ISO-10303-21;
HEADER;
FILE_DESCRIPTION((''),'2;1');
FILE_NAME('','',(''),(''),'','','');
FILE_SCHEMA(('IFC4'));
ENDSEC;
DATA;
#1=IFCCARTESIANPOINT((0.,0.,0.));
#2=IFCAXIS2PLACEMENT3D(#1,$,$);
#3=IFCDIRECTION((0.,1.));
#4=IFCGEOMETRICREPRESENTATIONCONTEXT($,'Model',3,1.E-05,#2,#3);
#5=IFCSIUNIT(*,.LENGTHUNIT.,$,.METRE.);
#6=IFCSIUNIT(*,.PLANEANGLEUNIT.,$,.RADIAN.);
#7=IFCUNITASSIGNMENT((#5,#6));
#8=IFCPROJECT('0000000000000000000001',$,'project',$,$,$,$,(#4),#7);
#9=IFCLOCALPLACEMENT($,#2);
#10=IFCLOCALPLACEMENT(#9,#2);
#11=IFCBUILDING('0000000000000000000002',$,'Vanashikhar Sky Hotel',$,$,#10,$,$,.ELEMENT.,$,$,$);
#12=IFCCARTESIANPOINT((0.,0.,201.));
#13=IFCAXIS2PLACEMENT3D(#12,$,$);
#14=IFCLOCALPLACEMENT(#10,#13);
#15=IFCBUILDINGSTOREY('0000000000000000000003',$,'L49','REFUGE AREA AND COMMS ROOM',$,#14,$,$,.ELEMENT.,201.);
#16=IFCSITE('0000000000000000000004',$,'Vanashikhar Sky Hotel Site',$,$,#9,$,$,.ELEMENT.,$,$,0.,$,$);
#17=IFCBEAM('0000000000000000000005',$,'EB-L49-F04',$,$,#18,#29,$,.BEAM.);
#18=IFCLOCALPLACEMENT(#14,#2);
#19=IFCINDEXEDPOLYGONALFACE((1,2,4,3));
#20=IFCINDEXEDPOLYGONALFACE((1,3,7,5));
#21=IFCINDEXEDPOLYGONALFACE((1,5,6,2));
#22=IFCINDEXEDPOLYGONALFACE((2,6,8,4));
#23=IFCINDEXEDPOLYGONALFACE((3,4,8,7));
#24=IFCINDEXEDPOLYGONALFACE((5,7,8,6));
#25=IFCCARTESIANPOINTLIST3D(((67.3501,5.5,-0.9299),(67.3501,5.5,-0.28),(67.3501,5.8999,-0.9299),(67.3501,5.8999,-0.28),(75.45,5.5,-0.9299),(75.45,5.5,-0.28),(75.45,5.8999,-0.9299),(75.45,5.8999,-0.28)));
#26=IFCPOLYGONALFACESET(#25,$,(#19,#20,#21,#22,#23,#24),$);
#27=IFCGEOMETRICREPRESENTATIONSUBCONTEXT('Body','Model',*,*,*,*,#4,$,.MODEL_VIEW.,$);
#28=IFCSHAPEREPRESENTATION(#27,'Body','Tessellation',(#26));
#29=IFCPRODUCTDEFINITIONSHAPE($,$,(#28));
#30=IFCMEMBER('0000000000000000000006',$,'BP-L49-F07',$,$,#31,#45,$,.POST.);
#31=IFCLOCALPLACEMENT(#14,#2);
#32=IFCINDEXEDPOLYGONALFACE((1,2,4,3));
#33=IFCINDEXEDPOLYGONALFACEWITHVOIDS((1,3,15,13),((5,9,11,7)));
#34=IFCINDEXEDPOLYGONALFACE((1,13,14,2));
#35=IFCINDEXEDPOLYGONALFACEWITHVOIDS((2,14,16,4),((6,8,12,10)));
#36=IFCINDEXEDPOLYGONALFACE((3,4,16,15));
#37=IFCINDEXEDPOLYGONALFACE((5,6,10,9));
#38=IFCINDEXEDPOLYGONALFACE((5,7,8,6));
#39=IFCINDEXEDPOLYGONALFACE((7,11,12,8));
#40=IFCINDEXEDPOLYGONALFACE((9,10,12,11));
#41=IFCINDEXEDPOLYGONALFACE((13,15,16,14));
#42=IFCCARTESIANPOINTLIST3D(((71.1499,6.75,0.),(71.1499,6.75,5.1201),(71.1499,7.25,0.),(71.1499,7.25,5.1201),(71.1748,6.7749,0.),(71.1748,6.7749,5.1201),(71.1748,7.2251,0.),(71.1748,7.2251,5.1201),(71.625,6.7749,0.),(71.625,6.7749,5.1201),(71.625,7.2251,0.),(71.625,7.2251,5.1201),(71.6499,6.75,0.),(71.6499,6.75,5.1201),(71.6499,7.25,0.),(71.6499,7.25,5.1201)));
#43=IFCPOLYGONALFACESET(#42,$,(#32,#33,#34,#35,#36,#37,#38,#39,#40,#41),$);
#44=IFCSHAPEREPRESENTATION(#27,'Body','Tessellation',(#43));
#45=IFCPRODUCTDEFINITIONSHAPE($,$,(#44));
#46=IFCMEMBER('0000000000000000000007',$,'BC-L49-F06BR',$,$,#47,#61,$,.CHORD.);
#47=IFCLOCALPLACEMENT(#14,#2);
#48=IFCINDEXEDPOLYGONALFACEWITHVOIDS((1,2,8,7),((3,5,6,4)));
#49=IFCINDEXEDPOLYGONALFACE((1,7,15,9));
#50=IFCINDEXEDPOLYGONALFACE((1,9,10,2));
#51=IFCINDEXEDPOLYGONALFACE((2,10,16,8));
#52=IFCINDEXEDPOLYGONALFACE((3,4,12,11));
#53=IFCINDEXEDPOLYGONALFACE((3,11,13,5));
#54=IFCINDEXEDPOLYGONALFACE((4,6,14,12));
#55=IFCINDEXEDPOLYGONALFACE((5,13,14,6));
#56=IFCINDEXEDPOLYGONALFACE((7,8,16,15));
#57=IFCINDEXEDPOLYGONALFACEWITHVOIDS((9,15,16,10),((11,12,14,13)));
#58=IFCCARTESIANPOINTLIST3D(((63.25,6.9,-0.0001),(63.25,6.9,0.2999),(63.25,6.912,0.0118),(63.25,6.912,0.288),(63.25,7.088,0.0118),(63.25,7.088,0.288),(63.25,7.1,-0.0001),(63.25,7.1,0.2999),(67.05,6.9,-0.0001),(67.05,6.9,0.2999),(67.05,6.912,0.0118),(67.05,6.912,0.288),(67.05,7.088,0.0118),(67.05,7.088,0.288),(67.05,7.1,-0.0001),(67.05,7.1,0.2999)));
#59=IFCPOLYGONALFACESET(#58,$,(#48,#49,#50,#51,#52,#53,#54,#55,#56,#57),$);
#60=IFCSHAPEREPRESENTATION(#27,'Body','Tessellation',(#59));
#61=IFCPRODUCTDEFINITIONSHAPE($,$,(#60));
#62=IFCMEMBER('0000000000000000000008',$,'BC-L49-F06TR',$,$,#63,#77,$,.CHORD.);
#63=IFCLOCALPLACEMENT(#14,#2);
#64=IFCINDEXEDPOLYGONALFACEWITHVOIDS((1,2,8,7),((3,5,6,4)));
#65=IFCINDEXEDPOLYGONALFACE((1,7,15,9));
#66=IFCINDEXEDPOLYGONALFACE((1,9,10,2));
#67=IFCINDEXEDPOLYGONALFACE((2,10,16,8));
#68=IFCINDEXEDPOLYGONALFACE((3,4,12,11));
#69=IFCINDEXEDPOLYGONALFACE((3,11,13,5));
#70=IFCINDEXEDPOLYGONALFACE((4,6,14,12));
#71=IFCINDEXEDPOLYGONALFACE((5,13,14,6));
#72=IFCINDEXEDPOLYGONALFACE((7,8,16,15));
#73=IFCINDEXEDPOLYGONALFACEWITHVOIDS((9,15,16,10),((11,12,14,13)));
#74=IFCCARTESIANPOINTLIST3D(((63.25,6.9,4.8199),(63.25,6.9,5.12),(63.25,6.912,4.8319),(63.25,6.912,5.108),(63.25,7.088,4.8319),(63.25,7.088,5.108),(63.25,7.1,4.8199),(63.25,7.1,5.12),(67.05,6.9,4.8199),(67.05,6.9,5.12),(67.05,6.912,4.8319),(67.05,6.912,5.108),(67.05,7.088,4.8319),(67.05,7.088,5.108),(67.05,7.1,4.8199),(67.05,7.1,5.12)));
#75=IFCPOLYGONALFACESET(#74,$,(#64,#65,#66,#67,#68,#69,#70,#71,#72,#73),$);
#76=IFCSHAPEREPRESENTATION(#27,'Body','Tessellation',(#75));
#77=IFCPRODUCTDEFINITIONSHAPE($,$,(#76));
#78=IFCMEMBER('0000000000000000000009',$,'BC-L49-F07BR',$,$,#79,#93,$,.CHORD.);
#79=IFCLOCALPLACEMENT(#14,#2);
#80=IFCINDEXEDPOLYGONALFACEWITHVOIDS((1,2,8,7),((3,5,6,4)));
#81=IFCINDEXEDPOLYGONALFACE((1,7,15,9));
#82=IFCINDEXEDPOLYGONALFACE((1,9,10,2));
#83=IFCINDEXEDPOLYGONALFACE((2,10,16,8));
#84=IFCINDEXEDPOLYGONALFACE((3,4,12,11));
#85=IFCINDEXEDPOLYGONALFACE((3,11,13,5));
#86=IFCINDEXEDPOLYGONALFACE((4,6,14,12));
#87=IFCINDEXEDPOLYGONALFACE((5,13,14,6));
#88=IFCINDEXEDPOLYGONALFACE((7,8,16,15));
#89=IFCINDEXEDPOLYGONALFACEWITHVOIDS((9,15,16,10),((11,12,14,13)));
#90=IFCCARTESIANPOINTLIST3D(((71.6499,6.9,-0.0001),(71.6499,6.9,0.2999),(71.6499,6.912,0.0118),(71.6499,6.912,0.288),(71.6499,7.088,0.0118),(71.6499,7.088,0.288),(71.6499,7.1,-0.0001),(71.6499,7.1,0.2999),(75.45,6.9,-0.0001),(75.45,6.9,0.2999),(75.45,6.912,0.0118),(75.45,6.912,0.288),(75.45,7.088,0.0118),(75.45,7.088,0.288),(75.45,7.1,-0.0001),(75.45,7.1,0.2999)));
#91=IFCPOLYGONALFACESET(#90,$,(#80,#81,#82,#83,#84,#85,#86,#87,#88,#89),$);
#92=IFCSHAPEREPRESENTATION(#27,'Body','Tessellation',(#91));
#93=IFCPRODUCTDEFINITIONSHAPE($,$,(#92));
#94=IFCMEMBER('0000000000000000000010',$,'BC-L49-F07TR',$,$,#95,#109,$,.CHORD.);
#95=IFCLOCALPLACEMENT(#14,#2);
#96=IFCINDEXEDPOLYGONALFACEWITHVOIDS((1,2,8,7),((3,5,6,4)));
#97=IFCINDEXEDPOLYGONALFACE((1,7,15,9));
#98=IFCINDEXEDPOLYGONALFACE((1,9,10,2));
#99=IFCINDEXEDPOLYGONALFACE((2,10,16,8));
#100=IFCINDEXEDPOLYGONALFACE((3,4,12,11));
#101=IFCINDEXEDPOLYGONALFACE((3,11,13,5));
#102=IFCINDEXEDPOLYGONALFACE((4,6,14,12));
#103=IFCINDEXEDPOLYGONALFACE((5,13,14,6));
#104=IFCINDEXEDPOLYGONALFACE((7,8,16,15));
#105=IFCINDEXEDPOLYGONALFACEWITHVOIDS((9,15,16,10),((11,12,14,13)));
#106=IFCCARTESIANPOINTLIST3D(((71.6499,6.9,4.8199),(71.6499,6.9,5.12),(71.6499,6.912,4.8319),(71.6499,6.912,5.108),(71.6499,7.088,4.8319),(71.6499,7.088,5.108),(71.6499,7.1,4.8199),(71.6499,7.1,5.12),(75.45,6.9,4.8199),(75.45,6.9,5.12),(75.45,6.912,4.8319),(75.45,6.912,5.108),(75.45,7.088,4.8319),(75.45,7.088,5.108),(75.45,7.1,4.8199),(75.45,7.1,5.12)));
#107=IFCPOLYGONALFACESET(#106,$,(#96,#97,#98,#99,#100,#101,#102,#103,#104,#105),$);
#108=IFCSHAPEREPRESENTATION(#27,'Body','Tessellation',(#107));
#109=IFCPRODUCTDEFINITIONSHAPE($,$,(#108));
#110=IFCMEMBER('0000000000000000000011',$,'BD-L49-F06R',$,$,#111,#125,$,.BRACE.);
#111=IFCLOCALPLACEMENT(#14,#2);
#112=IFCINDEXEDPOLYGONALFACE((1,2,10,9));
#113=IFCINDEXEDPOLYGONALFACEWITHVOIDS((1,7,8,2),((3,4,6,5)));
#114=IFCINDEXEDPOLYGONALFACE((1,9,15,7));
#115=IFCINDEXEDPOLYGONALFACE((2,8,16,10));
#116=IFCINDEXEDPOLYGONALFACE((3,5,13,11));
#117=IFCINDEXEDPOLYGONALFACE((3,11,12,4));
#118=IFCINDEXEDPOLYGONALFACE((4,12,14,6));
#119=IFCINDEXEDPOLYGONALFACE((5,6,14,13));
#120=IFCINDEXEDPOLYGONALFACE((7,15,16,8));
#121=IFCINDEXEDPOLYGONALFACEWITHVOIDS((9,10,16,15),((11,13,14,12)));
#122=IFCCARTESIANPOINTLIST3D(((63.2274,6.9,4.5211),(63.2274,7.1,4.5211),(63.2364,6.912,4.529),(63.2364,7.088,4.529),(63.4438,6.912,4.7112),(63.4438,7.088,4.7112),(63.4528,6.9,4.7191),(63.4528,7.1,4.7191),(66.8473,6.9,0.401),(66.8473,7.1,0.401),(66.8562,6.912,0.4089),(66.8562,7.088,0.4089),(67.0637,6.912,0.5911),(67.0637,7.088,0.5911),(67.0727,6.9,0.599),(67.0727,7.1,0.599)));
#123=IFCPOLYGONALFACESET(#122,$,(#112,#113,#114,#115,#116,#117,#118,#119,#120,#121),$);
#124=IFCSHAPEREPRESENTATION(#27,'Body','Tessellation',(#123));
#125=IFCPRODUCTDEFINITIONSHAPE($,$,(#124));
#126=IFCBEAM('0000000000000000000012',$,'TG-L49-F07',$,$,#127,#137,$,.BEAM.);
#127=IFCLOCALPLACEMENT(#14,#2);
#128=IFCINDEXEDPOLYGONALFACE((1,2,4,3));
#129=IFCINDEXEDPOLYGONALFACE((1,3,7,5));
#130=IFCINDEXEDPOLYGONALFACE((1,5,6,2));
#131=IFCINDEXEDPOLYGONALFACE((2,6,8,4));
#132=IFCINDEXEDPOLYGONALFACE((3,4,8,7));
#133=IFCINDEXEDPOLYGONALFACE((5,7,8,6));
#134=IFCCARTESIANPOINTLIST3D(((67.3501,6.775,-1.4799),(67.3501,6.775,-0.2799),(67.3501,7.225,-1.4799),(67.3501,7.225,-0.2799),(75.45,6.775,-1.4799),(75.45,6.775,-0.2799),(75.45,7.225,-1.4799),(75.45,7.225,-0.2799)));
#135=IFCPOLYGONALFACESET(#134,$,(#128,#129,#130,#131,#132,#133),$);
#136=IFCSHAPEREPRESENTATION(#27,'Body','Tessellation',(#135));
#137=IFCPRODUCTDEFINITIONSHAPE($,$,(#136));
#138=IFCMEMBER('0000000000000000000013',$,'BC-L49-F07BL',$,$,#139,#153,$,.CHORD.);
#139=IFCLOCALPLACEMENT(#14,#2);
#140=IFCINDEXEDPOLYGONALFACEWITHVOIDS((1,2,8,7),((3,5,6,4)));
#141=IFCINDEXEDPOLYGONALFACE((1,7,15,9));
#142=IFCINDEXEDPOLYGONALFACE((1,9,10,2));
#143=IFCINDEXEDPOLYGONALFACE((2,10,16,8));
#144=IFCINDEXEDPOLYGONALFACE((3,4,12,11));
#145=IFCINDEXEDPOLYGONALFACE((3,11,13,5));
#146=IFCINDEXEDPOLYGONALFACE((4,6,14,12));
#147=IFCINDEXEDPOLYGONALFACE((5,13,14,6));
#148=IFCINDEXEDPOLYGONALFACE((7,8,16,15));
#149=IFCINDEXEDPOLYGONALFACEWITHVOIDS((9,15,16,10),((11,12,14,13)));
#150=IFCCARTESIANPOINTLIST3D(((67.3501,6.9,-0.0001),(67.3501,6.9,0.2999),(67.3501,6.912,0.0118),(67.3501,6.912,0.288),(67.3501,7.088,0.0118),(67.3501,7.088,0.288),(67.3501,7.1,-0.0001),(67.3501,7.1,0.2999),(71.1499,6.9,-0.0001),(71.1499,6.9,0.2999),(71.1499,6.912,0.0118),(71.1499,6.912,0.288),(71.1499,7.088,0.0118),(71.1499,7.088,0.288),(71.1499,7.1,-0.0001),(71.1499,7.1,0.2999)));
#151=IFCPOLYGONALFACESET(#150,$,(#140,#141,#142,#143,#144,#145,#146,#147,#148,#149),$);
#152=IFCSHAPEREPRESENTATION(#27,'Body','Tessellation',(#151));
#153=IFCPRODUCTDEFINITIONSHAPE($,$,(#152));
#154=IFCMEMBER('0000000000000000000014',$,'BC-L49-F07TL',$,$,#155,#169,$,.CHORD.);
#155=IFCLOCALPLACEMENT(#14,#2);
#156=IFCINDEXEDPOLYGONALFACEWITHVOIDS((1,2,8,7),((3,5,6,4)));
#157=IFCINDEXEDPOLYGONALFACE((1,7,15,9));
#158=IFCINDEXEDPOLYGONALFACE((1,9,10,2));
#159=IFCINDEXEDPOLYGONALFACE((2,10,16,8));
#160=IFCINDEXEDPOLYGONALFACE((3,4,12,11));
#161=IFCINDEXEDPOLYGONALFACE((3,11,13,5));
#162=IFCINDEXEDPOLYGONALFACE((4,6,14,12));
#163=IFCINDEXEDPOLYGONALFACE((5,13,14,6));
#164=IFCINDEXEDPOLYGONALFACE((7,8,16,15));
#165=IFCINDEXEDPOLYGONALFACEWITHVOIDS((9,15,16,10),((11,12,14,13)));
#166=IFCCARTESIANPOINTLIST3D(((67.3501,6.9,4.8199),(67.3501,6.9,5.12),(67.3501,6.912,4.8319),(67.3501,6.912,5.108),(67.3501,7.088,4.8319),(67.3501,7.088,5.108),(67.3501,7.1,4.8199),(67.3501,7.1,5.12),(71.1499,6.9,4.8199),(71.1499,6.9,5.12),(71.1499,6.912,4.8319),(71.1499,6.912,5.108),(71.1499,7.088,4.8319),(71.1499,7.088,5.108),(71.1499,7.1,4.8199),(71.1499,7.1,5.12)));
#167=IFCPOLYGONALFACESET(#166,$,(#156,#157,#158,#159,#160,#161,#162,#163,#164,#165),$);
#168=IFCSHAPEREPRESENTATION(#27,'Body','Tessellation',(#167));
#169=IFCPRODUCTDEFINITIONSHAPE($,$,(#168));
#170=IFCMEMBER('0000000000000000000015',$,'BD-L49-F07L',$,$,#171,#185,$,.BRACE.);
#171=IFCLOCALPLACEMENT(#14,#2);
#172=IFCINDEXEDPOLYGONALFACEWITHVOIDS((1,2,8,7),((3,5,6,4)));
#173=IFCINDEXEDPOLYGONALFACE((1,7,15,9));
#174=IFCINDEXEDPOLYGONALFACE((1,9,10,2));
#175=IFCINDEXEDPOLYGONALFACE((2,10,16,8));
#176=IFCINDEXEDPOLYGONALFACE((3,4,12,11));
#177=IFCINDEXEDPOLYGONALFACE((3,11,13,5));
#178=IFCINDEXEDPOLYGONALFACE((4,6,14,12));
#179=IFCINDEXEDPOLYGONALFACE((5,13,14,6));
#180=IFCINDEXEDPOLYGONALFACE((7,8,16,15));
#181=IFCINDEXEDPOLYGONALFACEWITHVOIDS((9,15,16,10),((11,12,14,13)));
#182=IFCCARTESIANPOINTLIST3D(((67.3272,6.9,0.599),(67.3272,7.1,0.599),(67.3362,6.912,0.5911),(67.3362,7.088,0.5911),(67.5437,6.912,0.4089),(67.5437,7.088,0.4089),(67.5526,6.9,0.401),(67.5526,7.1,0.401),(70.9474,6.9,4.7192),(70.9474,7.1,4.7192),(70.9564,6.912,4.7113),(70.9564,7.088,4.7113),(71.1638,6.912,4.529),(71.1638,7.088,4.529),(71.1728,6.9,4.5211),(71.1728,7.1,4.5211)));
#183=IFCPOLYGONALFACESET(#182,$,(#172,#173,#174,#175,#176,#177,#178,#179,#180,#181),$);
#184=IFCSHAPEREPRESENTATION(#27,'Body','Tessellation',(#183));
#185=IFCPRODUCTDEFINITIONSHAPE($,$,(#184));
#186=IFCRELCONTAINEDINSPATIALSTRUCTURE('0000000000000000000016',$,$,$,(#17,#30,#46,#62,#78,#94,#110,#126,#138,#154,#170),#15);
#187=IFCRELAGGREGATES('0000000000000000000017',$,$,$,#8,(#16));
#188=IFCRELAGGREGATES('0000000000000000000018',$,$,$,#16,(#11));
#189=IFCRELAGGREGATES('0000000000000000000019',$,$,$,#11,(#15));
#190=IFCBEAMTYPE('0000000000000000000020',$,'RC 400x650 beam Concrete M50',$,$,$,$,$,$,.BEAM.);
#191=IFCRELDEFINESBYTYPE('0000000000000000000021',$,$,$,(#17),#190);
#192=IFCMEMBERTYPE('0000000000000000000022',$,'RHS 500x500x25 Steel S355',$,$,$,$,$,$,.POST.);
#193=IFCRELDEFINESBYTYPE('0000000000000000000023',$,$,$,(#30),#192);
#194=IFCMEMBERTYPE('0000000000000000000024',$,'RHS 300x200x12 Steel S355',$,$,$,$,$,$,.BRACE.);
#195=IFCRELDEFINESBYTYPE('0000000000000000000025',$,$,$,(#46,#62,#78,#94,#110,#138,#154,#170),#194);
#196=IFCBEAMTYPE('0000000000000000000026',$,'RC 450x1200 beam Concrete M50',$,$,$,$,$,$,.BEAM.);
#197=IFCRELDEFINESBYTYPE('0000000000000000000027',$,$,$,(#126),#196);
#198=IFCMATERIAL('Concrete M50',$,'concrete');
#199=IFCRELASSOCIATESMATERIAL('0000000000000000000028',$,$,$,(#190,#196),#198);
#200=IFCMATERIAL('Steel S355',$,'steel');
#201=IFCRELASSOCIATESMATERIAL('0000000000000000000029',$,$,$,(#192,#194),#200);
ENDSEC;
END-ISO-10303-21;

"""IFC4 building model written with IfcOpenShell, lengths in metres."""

from ifc_helpers import new_model, si_unit, direction, frame, origin, origin_2d, place, context, subcontext, project, spatial, rectangle, hollow_rectangle, extrude, source, transform, mapped, material, material_profile, profile_set, type_object, element, save


model = new_model("IFC4")

# Units and contexts
model_context = context("Model", 3, precision=1e-05, world=origin(), true_north=direction((0.0, 1.0)))
body_context = subcontext(model_context, "Body", "Model", "MODEL_VIEW")
ifc_project = project(units=[si_unit("LENGTHUNIT", "METRE"), si_unit("PLANEANGLEUNIT", "RADIAN")], contexts=[model_context])

# Site, building, storey
site_placement = place(None, origin())
site = spatial("IfcSite", under=ifc_project, at=site_placement, Name="Vanashikhar Sky Hotel Site", CompositionType="ELEMENT", RefElevation=0.0)
building_placement = place(site_placement, origin())
building = spatial("IfcBuilding", under=site, at=building_placement, Name="Vanashikhar Sky Hotel", CompositionType="ELEMENT")
storey_placement = place(building_placement, frame((0.0, 0.0, 201.0)))
storey = spatial("IfcBuildingStorey", under=building, at=storey_placement, Name="L49", Description="REFUGE AREA AND COMMS ROOM", CompositionType="ELEMENT", Elevation=201.0)

# Beam
ifc_material_1 = material(Name="Concrete M50", Category="concrete")
ifc_material_profile_1 = material_profile(ifc_material_1, rectangle(XDim=0.3999, YDim=0.6499, at=origin_2d()))
ifc_profile_set_1 = profile_set([ifc_material_profile_1], Name="RC 400x650 beam Concrete M50")
beam_type_1 = type_object("IfcBeamType", Name="RC 400x650 beam Concrete M50", PredefinedType="BEAM", material=ifc_profile_set_1)
shared_shape_1 = source(origin(), body_context, "Body", "SweptSolid", [
    extrude(rectangle(XDim=0.3999, YDim=0.6499, at=origin_2d()), origin(), (0.0, 0.0, 1.0), 8.0999),
])
beam_1_placement = place(storey_placement, frame((67.3501, 5.7, -0.605), z_axis=(1.0, 0.0, 0.0), x_axis=(0.0, 1.0, 0.0)))
element("IfcBeam", 1, at=beam_1_placement, inside=storey, type_object=beam_type_1, Name="EB-L49-F04", PredefinedType="BEAM", context=body_context, shape_type="MappedRepresentation", body=[
    mapped(shared_shape_1, transform((0.0, 0.0, 0.0), scale=1.0)),
])

# Members
ifc_material_2 = material(Name="Steel S355", Category="steel")
ifc_material_profile_2 = material_profile(ifc_material_2, hollow_rectangle(XDim=0.5, YDim=0.5, WallThickness=0.0249, at=origin_2d()))
ifc_profile_set_2 = profile_set([ifc_material_profile_2], Name="RHS 500x500x25 Steel S355")
member_type_1 = type_object("IfcMemberType", Name="RHS 500x500x25 Steel S355", PredefinedType="POST", material=ifc_profile_set_2)
shared_shape_2 = source(origin(), body_context, "Body", "SweptSolid", [
    extrude(hollow_rectangle(XDim=0.5, YDim=0.5, WallThickness=0.0249, at=origin_2d()), origin(), (0.0, 0.0, 1.0), 5.1201),
])
member_1_placement = place(storey_placement, frame((71.3999, 7.0, 0.0), z_axis=(0.0, 0.0, 1.0), x_axis=(1.0, 0.0, 0.0)))
element("IfcMember", 2, at=member_1_placement, inside=storey, type_object=member_type_1, Name="BP-L49-F07", PredefinedType="POST", context=body_context, shape_type="MappedRepresentation", body=[
    mapped(shared_shape_2, transform((0.0, 0.0, 0.0), scale=1.0)),
])
ifc_material_profile_3 = material_profile(ifc_material_2, hollow_rectangle(XDim=0.2, YDim=0.3, WallThickness=0.012, at=origin_2d()))
ifc_profile_set_3 = profile_set([ifc_material_profile_3], Name="RHS 300x200x12 Steel S355")
member_type_2 = type_object("IfcMemberType", Name="RHS 300x200x12 Steel S355", PredefinedType="BRACE", material=ifc_profile_set_3)
shared_shape_3 = source(origin(), body_context, "Body", "SweptSolid", [
    extrude(hollow_rectangle(XDim=0.2, YDim=0.3, WallThickness=0.012, at=origin_2d()), origin(), (0.0, 0.0, 1.0), 3.8),
])
for number, where, z_axis, x_axis, name in (
    (3, (63.25, 7.0, 0.1499), (1.0, 0.0, 0.0), (0.0, 1.0, 0.0), "BC-L49-F06BR"),
    (4, (63.25, 7.0, 4.97), (1.0, 0.0, 0.0), (0.0, 1.0, 0.0), "BC-L49-F06TR"),
    (5, (71.6499, 7.0, 0.1499), (1.0, 0.0, 0.0), (0.0, 1.0, 0.0), "BC-L49-F07BR"),
    (6, (71.6499, 7.0, 4.97), (1.0, 0.0, 0.0), (0.0, 1.0, 0.0), "BC-L49-F07TR"),
):
    element("IfcMember", number, at=place(storey_placement, frame(where, z_axis=z_axis, x_axis=x_axis)), inside=storey, type_object=member_type_2, Name=name, PredefinedType="CHORD", context=body_context, shape_type="MappedRepresentation", body=[
        mapped(shared_shape_3, transform((0.0, 0.0, 0.0), scale=1.0)),
    ])
shared_shape_4 = source(origin(), body_context, "Body", "SweptSolid", [
    extrude(hollow_rectangle(XDim=0.2, YDim=0.3, WallThickness=0.012, at=origin_2d()), origin(), (0.0, 0.0, 1.0), 5.4844),
])
member_2_placement = place(storey_placement, frame((66.96, 7.0, 0.5), z_axis=(-0.660029, 0.0, 0.75124), x_axis=(0.0, -1.0, 0.0)))
element("IfcMember", 7, at=member_2_placement, inside=storey, type_object=member_type_2, Name="BD-L49-F06R", PredefinedType="BRACE", context=body_context, shape_type="MappedRepresentation", body=[
    mapped(shared_shape_4, transform((0.0, 0.0, 0.0), scale=1.0)),
])

# Beam
ifc_material_profile_4 = material_profile(ifc_material_1, rectangle(XDim=0.45, YDim=1.2, at=origin_2d()))
ifc_profile_set_4 = profile_set([ifc_material_profile_4], Name="RC 450x1200 beam Concrete M50")
beam_type_2 = type_object("IfcBeamType", Name="RC 450x1200 beam Concrete M50", PredefinedType="BEAM", material=ifc_profile_set_4)
shared_shape_5 = source(origin(), body_context, "Body", "SweptSolid", [
    extrude(rectangle(XDim=0.45, YDim=1.2, at=origin_2d()), origin(), (0.0, 0.0, 1.0), 8.0999),
])
beam_2_placement = place(storey_placement, frame((67.3501, 7.0, -0.8799), z_axis=(1.0, 0.0, 0.0), x_axis=(0.0, 1.0, 0.0)))
element("IfcBeam", 8, at=beam_2_placement, inside=storey, type_object=beam_type_2, Name="TG-L49-F07", PredefinedType="BEAM", context=body_context, shape_type="MappedRepresentation", body=[
    mapped(shared_shape_5, transform((0.0, 0.0, 0.0), scale=1.0)),
])

# Members
shared_shape_6 = source(origin(), body_context, "Body", "SweptSolid", [
    extrude(hollow_rectangle(XDim=0.2, YDim=0.3, WallThickness=0.012, at=origin_2d()), origin(), (0.0, 0.0, 1.0), 3.7998),
])
for number, where, z_axis, x_axis, name in (
    (9, (67.3501, 7.0, 0.1499), (1.0, 0.0, 0.0), (0.0, 1.0, 0.0), "BC-L49-F07BL"),
    (10, (67.3501, 7.0, 4.97), (1.0, 0.0, 0.0), (0.0, 1.0, 0.0), "BC-L49-F07TL"),
):
    element("IfcMember", number, at=place(storey_placement, frame(where, z_axis=z_axis, x_axis=x_axis)), inside=storey, type_object=member_type_2, Name=name, PredefinedType="CHORD", context=body_context, shape_type="MappedRepresentation", body=[
        mapped(shared_shape_6, transform((0.0, 0.0, 0.0), scale=1.0)),
    ])
shared_shape_7 = source(origin(), body_context, "Body", "SweptSolid", [
    extrude(hollow_rectangle(XDim=0.2, YDim=0.3, WallThickness=0.012, at=origin_2d()), origin(), (0.0, 0.0, 1.0), 5.4846),
])
member_3_placement = place(storey_placement, frame((67.4399, 7.0, 0.5), z_axis=(0.660054, 0.0, 0.751218), x_axis=(0.0, 1.0, 0.0)))
element("IfcMember", 11, at=member_3_placement, inside=storey, type_object=member_type_2, Name="BD-L49-F07L", PredefinedType="BRACE", context=body_context, shape_type="MappedRepresentation", body=[
    mapped(shared_shape_7, transform((0.0, 0.0, 0.0), scale=1.0)),
])

save(model, "model.ifc")
